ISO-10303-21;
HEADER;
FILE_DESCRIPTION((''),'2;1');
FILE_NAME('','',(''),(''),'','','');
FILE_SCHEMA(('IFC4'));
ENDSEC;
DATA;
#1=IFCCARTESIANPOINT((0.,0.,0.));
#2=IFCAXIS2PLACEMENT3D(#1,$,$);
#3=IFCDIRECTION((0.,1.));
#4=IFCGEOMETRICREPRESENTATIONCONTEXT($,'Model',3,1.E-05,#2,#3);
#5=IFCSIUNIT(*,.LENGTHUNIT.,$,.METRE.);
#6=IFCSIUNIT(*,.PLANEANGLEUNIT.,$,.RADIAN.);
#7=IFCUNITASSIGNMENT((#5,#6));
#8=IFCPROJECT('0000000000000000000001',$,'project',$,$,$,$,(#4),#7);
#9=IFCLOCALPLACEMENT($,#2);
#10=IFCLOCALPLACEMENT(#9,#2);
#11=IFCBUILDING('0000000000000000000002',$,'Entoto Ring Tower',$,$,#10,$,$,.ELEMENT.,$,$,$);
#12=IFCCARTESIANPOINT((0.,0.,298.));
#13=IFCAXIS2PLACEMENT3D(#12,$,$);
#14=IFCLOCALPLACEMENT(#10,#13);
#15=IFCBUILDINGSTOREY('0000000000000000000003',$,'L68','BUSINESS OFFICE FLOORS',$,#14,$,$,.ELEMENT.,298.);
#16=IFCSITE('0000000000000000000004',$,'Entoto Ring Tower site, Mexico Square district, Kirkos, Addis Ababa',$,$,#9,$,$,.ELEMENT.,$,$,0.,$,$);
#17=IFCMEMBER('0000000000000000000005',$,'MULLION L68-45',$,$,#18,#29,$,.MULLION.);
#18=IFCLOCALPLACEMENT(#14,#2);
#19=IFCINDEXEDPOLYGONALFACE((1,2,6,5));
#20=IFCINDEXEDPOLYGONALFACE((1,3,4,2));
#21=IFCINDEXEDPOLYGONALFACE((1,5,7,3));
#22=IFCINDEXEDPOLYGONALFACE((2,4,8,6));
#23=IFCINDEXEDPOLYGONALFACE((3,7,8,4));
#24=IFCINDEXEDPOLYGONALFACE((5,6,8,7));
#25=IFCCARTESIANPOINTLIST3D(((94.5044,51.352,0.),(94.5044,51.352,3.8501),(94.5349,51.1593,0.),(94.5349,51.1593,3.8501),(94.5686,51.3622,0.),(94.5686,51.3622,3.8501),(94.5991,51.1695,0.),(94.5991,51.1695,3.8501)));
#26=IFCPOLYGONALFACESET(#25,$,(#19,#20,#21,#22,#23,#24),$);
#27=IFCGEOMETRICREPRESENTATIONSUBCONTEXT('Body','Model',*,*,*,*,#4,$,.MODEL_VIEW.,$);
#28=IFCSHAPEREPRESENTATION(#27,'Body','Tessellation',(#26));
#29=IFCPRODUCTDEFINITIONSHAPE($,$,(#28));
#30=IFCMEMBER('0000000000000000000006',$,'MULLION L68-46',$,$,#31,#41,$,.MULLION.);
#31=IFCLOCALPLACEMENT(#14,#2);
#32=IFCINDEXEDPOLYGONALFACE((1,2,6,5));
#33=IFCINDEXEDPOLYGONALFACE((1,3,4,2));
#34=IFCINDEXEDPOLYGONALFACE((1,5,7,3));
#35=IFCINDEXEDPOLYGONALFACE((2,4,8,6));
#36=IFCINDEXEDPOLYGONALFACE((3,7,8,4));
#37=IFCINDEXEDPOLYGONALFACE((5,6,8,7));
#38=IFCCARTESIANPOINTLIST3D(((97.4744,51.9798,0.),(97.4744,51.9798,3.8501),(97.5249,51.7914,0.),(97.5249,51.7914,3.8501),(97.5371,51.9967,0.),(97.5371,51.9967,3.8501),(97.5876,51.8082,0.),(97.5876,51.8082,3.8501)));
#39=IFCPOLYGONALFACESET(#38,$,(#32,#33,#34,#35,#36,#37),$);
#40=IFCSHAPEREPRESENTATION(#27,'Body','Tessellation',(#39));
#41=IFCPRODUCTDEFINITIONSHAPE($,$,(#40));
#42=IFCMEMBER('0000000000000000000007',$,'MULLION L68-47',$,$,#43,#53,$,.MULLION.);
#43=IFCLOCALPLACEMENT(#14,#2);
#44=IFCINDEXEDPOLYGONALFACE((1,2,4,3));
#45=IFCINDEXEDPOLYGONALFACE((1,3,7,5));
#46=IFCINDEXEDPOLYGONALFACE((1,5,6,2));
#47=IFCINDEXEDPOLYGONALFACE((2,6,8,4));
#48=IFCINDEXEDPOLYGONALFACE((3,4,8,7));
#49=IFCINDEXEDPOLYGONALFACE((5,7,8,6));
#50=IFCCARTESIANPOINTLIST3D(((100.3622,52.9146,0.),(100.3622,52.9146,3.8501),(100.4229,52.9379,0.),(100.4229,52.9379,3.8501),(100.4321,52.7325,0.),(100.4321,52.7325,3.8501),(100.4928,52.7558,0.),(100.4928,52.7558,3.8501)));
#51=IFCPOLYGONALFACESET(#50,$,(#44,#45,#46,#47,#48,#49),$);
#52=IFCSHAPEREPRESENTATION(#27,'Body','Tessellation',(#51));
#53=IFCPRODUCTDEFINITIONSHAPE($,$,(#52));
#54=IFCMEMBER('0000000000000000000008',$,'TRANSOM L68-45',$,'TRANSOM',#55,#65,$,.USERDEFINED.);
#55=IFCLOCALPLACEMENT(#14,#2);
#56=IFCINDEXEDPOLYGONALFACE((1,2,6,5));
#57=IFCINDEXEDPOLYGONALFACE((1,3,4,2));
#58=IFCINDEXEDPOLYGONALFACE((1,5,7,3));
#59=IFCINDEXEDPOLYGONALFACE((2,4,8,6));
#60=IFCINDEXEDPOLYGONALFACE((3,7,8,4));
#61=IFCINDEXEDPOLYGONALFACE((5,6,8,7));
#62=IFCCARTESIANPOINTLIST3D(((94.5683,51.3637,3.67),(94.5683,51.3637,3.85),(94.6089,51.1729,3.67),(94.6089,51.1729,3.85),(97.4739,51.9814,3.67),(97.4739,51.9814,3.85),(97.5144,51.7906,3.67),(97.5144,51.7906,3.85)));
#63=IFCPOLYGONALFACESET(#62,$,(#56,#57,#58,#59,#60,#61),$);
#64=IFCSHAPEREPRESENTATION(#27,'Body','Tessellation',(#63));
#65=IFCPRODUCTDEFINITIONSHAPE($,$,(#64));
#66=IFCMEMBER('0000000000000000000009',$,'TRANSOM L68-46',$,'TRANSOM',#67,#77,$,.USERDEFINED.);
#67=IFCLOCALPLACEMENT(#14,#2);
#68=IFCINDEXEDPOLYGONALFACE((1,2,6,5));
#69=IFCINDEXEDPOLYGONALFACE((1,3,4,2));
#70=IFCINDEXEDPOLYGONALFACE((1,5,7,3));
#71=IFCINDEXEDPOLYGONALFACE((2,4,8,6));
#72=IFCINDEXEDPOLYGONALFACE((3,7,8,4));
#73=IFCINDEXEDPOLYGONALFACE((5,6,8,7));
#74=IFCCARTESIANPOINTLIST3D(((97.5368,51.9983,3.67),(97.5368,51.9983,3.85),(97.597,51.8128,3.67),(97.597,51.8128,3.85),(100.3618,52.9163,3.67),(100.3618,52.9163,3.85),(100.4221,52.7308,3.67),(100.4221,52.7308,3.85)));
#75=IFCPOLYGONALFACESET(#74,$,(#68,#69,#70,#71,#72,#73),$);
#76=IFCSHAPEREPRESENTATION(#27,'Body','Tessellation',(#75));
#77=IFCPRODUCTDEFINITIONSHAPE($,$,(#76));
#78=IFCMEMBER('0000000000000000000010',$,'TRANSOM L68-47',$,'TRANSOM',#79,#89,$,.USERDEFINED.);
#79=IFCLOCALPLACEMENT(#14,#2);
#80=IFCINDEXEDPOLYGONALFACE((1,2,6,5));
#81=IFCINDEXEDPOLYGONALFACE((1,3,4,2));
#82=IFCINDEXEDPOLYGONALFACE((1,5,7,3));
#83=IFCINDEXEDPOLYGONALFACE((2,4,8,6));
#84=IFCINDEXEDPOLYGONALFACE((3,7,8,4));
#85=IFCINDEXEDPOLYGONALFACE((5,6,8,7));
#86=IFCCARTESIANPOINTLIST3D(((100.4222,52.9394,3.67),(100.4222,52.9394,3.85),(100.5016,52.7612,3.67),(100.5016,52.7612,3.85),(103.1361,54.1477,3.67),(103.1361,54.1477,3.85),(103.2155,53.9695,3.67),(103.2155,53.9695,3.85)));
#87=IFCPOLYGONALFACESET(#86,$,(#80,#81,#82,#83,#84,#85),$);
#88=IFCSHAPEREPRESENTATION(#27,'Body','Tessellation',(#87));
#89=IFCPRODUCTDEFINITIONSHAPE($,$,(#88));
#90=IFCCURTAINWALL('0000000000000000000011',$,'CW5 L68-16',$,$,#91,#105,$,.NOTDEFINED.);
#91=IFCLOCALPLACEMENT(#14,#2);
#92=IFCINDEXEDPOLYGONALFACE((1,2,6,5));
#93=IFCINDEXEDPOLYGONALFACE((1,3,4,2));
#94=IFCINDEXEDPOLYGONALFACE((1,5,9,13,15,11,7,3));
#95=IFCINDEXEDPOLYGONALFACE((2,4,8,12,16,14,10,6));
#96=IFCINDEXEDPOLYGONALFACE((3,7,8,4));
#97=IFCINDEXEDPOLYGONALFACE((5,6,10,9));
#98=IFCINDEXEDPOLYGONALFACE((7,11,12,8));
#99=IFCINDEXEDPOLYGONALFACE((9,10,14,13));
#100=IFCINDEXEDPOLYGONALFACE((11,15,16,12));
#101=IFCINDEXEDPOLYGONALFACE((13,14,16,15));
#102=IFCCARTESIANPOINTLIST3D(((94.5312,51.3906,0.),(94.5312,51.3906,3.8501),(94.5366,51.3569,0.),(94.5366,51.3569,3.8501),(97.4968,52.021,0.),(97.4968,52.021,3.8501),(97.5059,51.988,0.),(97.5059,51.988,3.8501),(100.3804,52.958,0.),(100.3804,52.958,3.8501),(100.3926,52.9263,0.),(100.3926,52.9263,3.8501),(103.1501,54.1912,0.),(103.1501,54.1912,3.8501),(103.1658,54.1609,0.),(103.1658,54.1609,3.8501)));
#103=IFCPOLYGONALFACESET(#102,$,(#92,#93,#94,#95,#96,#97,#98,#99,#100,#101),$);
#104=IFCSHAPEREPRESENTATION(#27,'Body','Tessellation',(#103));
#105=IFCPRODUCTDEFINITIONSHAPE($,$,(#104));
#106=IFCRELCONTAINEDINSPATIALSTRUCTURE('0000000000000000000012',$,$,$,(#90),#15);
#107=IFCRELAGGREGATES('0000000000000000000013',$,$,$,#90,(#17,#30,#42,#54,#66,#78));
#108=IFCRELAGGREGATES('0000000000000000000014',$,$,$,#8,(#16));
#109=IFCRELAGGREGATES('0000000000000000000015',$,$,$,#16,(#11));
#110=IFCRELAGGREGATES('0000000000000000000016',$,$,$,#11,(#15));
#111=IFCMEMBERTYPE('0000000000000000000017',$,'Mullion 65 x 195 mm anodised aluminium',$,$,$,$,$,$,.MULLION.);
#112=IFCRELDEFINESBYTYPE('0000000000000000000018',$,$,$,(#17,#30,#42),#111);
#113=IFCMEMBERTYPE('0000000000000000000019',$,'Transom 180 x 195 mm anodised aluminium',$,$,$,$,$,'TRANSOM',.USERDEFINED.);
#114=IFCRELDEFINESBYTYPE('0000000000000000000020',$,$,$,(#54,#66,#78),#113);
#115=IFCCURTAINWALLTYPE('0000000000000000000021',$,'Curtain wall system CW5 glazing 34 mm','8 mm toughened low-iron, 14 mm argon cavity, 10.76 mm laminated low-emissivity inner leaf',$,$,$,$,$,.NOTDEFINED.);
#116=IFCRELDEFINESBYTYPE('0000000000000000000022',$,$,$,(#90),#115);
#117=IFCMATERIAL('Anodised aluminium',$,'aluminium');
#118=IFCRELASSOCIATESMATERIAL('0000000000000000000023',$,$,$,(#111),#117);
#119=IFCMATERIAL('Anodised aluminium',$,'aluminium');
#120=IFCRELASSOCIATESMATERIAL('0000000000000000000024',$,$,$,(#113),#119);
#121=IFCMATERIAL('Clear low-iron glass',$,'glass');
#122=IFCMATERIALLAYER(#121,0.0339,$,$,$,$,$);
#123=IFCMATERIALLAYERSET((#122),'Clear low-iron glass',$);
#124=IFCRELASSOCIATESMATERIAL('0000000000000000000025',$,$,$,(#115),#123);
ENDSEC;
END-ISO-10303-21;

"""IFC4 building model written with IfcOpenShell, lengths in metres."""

from ifc_helpers import new_model, si_unit, direction, frame, origin, origin_2d, place, context, subcontext, project, spatial, polyline, rectangle, outline, extrude, material, layer, layer_set, material_profile, profile_set, type_object, element, aggregate, save


model = new_model("IFC4")

# Units and contexts
model_context = context("Model", 3, precision=1e-05, world=origin(), true_north=direction((0.0, 1.0)))
body_context = subcontext(model_context, "Body", "Model", "MODEL_VIEW")
ifc_project = project(units=[si_unit("LENGTHUNIT", "METRE"), si_unit("PLANEANGLEUNIT", "RADIAN")], contexts=[model_context])

# Members
ifc_material_1 = material(Name="Anodised aluminium", Category="aluminium")
ifc_material_profile_1 = material_profile(ifc_material_1, rectangle(XDim=0.0649, YDim=0.1951, at=origin_2d()), Name="Mullion 65 x 195 mm anodised aluminium")
ifc_profile_set_1 = profile_set([ifc_material_profile_1], Name="Anodised aluminium")
member_type_1 = type_object("IfcMemberType", Name="Mullion 65 x 195 mm anodised aluminium", PredefinedType="MULLION", material=ifc_profile_set_1)
site_placement = place(None, origin())
building_placement = place(site_placement, origin())
storey_placement = place(building_placement, frame((0.0, 0.0, 298.0)))
member_1_placement = place(storey_placement, frame((94.5518, 51.2607, 0.0), z_axis=(0.0, 0.0, 1.0), x_axis=(0.987688, 0.156434, 0.0)))
member_1 = element("IfcMember", 1, at=member_1_placement, type_object=member_type_1, Name="MULLION L68-45", PredefinedType="MULLION", context=body_context, shape_type="SweptSolid", body=[
    extrude(rectangle(XDim=0.0649, YDim=0.1951, at=origin_2d()), origin(), (0.0, 0.0, 1.0), 3.8501),
])
member_2_placement = place(storey_placement, frame((97.531, 51.894, 0.0), z_axis=(0.0, 0.0, 1.0), x_axis=(0.965926, 0.258819, 0.0)))
member_2 = element("IfcMember", 2, at=member_2_placement, type_object=member_type_1, Name="MULLION L68-46", PredefinedType="MULLION", context=body_context, shape_type="SweptSolid", body=[
    extrude(rectangle(XDim=0.0649, YDim=0.1951, at=origin_2d()), origin(), (0.0, 0.0, 1.0), 3.8501),
])
member_3_placement = place(storey_placement, frame((100.4275, 52.8352, 0.0), z_axis=(0.0, 0.0, 1.0), x_axis=(0.93358, 0.358368, 0.0)))
member_3 = element("IfcMember", 3, at=member_3_placement, type_object=member_type_1, Name="MULLION L68-47", PredefinedType="MULLION", context=body_context, shape_type="SweptSolid", body=[
    extrude(rectangle(XDim=0.0649, YDim=0.1951, at=origin_2d()), origin(), (0.0, 0.0, 1.0), 3.8501),
])
ifc_material_2 = material(Name="Anodised aluminium", Category="aluminium")
ifc_material_profile_2 = material_profile(ifc_material_2, rectangle(XDim=0.1951, YDim=0.1799, at=origin_2d()), Name="Transom 180 x 195 mm anodised aluminium")
ifc_profile_set_2 = profile_set([ifc_material_profile_2], Name="Anodised aluminium")
member_type_2 = type_object("IfcMemberType", Name="Transom 180 x 195 mm anodised aluminium", ElementType="TRANSOM", PredefinedType="USERDEFINED", material=ifc_profile_set_2)
member_4_placement = place(storey_placement, frame((94.5886, 51.2683, 3.76), z_axis=(0.978142, 0.20794, 0.0), x_axis=(-0.20794, 0.978142, 0.0)))
member_4 = element("IfcMember", 4, at=member_4_placement, type_object=member_type_2, Name="TRANSOM L68-45", ObjectType="TRANSOM", PredefinedType="USERDEFINED", context=body_context, shape_type="SweptSolid", body=[
    extrude(rectangle(XDim=0.1951, YDim=0.1799, at=origin_2d()), origin(), (0.0, 0.0, 1.0), 2.9705),
])
member_5_placement = place(storey_placement, frame((97.5669, 51.9055, 3.76), z_axis=(0.951048, 0.309043, 0.0), x_axis=(-0.309043, 0.951048, 0.0)))
member_5 = element("IfcMember", 5, at=member_5_placement, type_object=member_type_2, Name="TRANSOM L68-46", ObjectType="TRANSOM", PredefinedType="USERDEFINED", context=body_context, shape_type="SweptSolid", body=[
    extrude(rectangle(XDim=0.1951, YDim=0.1799, at=origin_2d()), origin(), (0.0, 0.0, 1.0), 2.9705),
])
member_6_placement = place(storey_placement, frame((100.4619, 52.8503, 3.76), z_axis=(0.91355, 0.406726, 0.0), x_axis=(-0.406726, 0.91355, 0.0)))
member_6 = element("IfcMember", 6, at=member_6_placement, type_object=member_type_2, Name="TRANSOM L68-47", ObjectType="TRANSOM", PredefinedType="USERDEFINED", context=body_context, shape_type="SweptSolid", body=[
    extrude(rectangle(XDim=0.1951, YDim=0.1799, at=origin_2d()), origin(), (0.0, 0.0, 1.0), 2.9707),
])

# Site, building, storey
site = spatial("IfcSite", under=ifc_project, at=site_placement, Name="Entoto Ring Tower site, Mexico Square district, Kirkos, Addis Ababa", CompositionType="ELEMENT", RefElevation=0.0)
building = spatial("IfcBuilding", under=site, at=building_placement, Name="Entoto Ring Tower", CompositionType="ELEMENT")
storey = spatial("IfcBuildingStorey", under=building, at=storey_placement, Name="L68", Description="BUSINESS OFFICE FLOORS", CompositionType="ELEMENT", Elevation=298.0)

# Curtain wall
ifc_material_3 = material(Name="Clear low-iron glass", Category="glass")
ifc_layer_1 = layer(ifc_material_3, 0.0339)
ifc_layer_set_1 = layer_set([ifc_layer_1], Name="Clear low-iron glass")
curtain_wall_type = type_object("IfcCurtainWallType", Name="Curtain wall system CW5 glazing 34 mm", Description="8 mm toughened low-iron, 14 mm argon cavity, 10.76 mm laminated low-emissivity inner leaf", PredefinedType="NOTDEFINED", material=ifc_layer_set_1)
curtain_wall_1_placement = place(storey_placement, origin())
curtain_wall_1 = element("IfcCurtainWall", 7, at=curtain_wall_1_placement, inside=storey, type_object=curtain_wall_type, Name="CW5 L68-16", PredefinedType="NOTDEFINED", context=body_context, shape_type="SweptSolid", body=[
    extrude(outline(polyline([(94.5366, 51.3569), (97.5059, 51.988), (100.3926, 52.9263), (103.1658, 54.1609), (103.1501, 54.1912), (100.3804, 52.958), (97.4968, 52.021), (94.5312, 51.3906), (94.5366, 51.3569)])), origin(), (0.0, 0.0, 1.0), 3.8501),
])
aggregate(curtain_wall_1, [member_1, member_2, member_3, member_4, member_5, member_6])

save(model, "model.ifc")
